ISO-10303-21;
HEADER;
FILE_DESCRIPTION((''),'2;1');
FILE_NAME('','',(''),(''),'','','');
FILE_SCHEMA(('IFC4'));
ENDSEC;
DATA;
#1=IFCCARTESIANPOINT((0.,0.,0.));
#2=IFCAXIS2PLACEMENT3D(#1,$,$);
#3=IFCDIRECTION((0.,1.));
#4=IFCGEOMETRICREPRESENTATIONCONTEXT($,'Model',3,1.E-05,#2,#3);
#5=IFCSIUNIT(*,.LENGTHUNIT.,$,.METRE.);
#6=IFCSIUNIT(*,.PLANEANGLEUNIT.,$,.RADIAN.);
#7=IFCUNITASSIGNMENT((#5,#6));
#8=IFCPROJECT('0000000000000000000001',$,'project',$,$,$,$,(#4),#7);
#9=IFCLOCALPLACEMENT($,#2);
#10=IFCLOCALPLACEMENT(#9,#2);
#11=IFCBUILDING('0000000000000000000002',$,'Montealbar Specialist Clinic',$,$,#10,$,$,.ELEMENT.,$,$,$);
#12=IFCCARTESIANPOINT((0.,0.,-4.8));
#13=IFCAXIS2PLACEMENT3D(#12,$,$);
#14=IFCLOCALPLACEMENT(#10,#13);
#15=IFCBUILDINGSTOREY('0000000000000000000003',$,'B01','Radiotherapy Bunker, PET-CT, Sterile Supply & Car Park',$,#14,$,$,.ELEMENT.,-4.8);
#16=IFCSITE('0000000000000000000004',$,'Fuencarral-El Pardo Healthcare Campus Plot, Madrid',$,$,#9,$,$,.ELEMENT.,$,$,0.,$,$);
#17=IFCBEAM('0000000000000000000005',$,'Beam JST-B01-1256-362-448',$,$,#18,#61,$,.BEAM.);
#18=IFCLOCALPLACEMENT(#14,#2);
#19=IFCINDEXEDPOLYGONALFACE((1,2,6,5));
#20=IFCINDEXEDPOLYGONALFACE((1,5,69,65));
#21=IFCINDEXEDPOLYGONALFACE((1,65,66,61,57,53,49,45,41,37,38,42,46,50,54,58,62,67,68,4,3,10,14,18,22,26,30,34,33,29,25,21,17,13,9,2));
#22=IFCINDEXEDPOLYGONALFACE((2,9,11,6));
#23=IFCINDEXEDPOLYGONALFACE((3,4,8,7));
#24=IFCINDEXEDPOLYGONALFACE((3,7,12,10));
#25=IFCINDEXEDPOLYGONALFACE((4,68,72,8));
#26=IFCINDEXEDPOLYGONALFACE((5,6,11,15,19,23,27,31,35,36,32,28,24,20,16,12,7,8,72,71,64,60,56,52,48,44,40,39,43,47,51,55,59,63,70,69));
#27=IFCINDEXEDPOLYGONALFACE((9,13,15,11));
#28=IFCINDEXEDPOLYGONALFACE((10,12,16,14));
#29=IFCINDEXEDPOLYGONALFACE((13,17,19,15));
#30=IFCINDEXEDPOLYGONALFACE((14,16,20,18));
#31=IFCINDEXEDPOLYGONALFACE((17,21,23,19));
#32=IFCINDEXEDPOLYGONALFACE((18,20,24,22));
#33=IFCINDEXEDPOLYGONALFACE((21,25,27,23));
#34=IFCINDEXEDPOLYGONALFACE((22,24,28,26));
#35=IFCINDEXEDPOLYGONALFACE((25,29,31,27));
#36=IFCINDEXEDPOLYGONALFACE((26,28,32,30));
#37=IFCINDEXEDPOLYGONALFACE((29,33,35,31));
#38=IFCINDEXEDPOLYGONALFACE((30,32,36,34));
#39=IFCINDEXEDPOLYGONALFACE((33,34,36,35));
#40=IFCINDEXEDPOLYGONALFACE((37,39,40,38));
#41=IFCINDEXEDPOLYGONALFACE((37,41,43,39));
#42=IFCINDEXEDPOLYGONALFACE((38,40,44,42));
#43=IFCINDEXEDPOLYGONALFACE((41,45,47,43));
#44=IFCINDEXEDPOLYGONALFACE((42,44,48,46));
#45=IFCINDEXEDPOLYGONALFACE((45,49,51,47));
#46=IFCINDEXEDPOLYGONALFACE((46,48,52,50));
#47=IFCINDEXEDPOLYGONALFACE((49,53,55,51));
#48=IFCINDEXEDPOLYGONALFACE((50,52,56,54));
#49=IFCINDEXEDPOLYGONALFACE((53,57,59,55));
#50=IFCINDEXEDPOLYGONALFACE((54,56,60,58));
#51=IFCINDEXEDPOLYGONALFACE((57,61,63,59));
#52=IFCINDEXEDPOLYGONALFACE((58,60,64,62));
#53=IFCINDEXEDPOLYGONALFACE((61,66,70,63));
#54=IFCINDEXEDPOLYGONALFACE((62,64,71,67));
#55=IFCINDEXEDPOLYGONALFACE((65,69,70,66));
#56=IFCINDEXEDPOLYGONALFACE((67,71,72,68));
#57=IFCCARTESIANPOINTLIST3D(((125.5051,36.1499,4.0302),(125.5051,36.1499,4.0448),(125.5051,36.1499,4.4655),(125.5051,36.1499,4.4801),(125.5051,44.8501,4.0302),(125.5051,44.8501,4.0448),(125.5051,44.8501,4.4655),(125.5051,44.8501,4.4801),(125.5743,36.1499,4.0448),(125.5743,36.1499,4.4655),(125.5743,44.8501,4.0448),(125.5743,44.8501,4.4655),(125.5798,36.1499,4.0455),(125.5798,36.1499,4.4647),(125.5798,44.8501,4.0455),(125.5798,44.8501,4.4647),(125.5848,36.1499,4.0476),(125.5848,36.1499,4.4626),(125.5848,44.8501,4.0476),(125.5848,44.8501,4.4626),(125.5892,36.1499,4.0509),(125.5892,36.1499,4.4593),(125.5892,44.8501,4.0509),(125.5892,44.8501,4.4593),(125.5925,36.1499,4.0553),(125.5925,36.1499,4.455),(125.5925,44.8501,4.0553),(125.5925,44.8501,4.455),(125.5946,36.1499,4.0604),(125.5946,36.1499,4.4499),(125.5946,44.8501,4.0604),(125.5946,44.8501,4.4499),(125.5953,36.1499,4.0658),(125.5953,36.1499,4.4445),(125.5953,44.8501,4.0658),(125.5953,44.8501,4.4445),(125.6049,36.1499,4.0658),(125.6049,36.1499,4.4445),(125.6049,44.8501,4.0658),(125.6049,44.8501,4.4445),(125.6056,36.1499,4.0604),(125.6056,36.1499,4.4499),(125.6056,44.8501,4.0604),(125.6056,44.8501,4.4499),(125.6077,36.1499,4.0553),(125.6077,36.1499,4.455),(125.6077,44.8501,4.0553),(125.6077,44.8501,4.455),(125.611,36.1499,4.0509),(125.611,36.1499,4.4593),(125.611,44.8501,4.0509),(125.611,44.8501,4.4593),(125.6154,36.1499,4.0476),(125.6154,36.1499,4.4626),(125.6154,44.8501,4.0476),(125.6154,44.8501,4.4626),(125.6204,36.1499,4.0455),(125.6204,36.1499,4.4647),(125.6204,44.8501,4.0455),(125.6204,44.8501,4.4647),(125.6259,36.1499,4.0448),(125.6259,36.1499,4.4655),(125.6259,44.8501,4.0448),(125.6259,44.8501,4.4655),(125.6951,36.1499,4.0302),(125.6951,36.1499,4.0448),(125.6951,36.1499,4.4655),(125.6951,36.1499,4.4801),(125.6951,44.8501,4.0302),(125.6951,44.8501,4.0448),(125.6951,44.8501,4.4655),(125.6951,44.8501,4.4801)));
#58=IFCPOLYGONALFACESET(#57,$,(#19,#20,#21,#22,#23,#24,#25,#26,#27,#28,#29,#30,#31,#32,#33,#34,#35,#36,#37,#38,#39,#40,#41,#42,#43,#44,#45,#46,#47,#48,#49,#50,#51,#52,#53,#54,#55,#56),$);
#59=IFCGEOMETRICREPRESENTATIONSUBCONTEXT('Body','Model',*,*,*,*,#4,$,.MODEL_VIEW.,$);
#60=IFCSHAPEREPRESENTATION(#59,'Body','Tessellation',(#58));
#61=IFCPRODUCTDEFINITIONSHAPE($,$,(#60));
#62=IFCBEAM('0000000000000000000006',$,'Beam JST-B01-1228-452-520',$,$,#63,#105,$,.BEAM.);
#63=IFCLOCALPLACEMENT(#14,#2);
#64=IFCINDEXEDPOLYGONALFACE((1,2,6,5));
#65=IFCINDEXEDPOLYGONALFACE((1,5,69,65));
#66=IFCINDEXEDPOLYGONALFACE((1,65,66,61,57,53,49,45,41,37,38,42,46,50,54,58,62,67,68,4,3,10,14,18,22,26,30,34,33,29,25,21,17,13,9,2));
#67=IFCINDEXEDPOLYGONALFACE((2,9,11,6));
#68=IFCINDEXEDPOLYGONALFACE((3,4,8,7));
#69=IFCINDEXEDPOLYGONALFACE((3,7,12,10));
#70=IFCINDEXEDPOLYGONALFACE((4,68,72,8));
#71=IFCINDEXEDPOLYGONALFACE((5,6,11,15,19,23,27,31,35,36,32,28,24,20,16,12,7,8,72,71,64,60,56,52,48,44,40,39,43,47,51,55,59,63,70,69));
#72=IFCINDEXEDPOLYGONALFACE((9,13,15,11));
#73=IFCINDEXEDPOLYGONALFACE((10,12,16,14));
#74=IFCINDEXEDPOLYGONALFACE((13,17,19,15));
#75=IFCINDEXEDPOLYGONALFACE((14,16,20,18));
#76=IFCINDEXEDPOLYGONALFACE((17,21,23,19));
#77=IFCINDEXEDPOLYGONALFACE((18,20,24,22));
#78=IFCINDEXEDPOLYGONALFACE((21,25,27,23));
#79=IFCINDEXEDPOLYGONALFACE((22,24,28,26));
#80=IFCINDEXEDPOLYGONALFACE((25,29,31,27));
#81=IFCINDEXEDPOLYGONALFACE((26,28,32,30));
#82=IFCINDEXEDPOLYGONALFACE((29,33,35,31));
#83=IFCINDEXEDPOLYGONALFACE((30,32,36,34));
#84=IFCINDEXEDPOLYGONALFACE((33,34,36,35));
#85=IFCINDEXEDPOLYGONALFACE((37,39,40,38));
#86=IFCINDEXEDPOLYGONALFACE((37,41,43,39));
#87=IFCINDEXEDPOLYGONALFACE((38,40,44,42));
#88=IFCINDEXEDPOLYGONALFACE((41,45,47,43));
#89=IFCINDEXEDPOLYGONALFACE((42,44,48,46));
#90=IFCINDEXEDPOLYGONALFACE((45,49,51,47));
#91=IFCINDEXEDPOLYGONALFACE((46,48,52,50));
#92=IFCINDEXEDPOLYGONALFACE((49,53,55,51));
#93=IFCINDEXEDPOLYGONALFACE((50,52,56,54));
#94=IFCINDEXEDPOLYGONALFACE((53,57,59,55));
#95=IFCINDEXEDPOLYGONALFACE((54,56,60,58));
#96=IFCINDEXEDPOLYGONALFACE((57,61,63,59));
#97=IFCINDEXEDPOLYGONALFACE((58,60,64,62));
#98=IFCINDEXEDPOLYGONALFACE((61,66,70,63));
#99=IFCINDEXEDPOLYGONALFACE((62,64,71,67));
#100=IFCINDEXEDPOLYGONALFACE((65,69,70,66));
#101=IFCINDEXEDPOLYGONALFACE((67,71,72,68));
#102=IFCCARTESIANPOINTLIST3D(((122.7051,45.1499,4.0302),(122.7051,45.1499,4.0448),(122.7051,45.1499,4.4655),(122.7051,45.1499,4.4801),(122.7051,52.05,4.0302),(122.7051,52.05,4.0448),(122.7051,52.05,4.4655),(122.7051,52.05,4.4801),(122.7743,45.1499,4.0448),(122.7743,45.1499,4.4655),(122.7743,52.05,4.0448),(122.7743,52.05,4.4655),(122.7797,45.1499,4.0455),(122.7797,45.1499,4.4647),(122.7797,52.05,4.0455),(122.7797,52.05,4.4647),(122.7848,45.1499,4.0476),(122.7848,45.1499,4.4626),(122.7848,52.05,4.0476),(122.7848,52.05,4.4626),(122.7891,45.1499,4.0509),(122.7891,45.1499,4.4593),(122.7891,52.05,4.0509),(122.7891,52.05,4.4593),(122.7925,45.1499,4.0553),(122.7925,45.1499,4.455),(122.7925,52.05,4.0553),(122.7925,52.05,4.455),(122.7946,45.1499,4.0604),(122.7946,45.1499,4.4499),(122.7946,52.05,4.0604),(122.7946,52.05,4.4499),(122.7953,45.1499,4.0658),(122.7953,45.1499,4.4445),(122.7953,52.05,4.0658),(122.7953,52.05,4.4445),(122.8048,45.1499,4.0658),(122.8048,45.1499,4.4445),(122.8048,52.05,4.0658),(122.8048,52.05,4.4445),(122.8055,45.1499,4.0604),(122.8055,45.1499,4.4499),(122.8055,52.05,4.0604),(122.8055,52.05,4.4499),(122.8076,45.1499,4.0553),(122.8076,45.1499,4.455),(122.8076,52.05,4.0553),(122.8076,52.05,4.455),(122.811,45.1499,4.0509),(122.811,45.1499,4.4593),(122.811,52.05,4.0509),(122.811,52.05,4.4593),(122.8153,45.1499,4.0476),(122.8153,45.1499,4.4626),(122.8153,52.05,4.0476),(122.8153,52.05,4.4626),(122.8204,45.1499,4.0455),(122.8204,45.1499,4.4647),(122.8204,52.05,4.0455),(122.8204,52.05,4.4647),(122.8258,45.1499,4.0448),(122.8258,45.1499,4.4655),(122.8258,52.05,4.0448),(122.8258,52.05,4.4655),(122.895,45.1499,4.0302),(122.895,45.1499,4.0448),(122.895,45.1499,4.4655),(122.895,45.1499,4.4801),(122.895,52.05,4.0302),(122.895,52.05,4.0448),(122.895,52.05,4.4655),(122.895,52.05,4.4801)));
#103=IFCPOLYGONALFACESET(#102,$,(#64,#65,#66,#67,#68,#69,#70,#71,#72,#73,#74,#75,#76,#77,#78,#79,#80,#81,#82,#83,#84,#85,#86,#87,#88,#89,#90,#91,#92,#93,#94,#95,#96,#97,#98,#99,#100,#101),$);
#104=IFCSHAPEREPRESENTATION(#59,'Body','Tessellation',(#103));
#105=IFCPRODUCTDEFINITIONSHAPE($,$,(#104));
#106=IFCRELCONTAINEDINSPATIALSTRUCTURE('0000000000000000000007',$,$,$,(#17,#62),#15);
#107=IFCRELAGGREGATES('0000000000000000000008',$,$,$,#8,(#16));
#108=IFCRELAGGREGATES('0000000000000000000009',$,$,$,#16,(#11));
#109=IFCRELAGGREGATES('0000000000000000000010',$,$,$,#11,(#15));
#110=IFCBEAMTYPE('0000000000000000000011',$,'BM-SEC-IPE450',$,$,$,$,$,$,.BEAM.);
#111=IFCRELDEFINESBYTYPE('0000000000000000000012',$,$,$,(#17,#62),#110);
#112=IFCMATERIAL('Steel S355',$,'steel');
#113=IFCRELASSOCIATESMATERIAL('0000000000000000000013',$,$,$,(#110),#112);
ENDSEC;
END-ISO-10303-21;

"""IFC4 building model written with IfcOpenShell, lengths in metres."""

from ifc_helpers import new_model, si_unit, direction, frame, origin, origin_2d, place, context, subcontext, project, spatial, i_section, extrude, material, material_profile, profile_set, type_object, element, save


model = new_model("IFC4")

# Units and contexts
model_context = context("Model", 3, precision=1e-05, world=origin(), true_north=direction((0.0, 1.0)))
body_context = subcontext(model_context, "Body", "Model", "MODEL_VIEW")
ifc_project = project(units=[si_unit("LENGTHUNIT", "METRE"), si_unit("PLANEANGLEUNIT", "RADIAN")], contexts=[model_context])

# Site, building, storey
site_placement = place(None, origin())
site = spatial("IfcSite", under=ifc_project, at=site_placement, Name="Fuencarral-El Pardo Healthcare Campus Plot, Madrid", CompositionType="ELEMENT", RefElevation=0.0)
building_placement = place(site_placement, origin())
building = spatial("IfcBuilding", under=site, at=building_placement, Name="Montealbar Specialist Clinic", CompositionType="ELEMENT")
storey_placement = place(building_placement, frame((0.0, 0.0, -4.8)))
storey = spatial("IfcBuildingStorey", under=building, at=storey_placement, Name="B01", Description="Radiotherapy Bunker, PET-CT, Sterile Supply & Car Park", CompositionType="ELEMENT", Elevation=-4.8)

# Shared definitions
ifc_material_1 = material(Name="Steel S355", Category="steel")

# Beams
ifc_material_profile_1 = material_profile(ifc_material_1, i_section(OverallWidth=0.1899, OverallDepth=0.45, WebThickness=0.0095, FlangeThickness=0.0146, FilletRadius=0.021, at=origin_2d()), Name="IPE 450", Category="steel")
ifc_profile_set_1 = profile_set([ifc_material_profile_1], Name="Steel S355")
beam_type_1 = type_object("IfcBeamType", Name="BM-SEC-IPE450", PredefinedType="BEAM", material=ifc_profile_set_1)
beam_1_placement = place(storey_placement, frame((125.6001, 36.1499, 4.2551), z_axis=(0.0, 1.0, 0.0), x_axis=(-1.0, 0.0, 0.0)))
element("IfcBeam", 1, at=beam_1_placement, inside=storey, type_object=beam_type_1, Name="Beam JST-B01-1256-362-448", PredefinedType="BEAM", context=body_context, shape_type="SweptSolid", body=[
    extrude(i_section(OverallWidth=0.1899, OverallDepth=0.45, WebThickness=0.0095, FlangeThickness=0.0146, FilletRadius=0.021, at=origin_2d()), origin(), (0.0, 0.0, 1.0), 8.7002),
])
beam_2_placement = place(storey_placement, frame((122.8, 45.1499, 4.2551), z_axis=(0.0, 1.0, 0.0), x_axis=(-1.0, 0.0, 0.0)))
element("IfcBeam", 2, at=beam_2_placement, inside=storey, type_object=beam_type_1, Name="Beam JST-B01-1228-452-520", PredefinedType="BEAM", context=body_context, shape_type="SweptSolid", body=[
    extrude(i_section(OverallWidth=0.1899, OverallDepth=0.45, WebThickness=0.0095, FlangeThickness=0.0146, FilletRadius=0.021, at=origin_2d()), origin(), (0.0, 0.0, 1.0), 6.9001),
])

save(model, "model.ifc")
